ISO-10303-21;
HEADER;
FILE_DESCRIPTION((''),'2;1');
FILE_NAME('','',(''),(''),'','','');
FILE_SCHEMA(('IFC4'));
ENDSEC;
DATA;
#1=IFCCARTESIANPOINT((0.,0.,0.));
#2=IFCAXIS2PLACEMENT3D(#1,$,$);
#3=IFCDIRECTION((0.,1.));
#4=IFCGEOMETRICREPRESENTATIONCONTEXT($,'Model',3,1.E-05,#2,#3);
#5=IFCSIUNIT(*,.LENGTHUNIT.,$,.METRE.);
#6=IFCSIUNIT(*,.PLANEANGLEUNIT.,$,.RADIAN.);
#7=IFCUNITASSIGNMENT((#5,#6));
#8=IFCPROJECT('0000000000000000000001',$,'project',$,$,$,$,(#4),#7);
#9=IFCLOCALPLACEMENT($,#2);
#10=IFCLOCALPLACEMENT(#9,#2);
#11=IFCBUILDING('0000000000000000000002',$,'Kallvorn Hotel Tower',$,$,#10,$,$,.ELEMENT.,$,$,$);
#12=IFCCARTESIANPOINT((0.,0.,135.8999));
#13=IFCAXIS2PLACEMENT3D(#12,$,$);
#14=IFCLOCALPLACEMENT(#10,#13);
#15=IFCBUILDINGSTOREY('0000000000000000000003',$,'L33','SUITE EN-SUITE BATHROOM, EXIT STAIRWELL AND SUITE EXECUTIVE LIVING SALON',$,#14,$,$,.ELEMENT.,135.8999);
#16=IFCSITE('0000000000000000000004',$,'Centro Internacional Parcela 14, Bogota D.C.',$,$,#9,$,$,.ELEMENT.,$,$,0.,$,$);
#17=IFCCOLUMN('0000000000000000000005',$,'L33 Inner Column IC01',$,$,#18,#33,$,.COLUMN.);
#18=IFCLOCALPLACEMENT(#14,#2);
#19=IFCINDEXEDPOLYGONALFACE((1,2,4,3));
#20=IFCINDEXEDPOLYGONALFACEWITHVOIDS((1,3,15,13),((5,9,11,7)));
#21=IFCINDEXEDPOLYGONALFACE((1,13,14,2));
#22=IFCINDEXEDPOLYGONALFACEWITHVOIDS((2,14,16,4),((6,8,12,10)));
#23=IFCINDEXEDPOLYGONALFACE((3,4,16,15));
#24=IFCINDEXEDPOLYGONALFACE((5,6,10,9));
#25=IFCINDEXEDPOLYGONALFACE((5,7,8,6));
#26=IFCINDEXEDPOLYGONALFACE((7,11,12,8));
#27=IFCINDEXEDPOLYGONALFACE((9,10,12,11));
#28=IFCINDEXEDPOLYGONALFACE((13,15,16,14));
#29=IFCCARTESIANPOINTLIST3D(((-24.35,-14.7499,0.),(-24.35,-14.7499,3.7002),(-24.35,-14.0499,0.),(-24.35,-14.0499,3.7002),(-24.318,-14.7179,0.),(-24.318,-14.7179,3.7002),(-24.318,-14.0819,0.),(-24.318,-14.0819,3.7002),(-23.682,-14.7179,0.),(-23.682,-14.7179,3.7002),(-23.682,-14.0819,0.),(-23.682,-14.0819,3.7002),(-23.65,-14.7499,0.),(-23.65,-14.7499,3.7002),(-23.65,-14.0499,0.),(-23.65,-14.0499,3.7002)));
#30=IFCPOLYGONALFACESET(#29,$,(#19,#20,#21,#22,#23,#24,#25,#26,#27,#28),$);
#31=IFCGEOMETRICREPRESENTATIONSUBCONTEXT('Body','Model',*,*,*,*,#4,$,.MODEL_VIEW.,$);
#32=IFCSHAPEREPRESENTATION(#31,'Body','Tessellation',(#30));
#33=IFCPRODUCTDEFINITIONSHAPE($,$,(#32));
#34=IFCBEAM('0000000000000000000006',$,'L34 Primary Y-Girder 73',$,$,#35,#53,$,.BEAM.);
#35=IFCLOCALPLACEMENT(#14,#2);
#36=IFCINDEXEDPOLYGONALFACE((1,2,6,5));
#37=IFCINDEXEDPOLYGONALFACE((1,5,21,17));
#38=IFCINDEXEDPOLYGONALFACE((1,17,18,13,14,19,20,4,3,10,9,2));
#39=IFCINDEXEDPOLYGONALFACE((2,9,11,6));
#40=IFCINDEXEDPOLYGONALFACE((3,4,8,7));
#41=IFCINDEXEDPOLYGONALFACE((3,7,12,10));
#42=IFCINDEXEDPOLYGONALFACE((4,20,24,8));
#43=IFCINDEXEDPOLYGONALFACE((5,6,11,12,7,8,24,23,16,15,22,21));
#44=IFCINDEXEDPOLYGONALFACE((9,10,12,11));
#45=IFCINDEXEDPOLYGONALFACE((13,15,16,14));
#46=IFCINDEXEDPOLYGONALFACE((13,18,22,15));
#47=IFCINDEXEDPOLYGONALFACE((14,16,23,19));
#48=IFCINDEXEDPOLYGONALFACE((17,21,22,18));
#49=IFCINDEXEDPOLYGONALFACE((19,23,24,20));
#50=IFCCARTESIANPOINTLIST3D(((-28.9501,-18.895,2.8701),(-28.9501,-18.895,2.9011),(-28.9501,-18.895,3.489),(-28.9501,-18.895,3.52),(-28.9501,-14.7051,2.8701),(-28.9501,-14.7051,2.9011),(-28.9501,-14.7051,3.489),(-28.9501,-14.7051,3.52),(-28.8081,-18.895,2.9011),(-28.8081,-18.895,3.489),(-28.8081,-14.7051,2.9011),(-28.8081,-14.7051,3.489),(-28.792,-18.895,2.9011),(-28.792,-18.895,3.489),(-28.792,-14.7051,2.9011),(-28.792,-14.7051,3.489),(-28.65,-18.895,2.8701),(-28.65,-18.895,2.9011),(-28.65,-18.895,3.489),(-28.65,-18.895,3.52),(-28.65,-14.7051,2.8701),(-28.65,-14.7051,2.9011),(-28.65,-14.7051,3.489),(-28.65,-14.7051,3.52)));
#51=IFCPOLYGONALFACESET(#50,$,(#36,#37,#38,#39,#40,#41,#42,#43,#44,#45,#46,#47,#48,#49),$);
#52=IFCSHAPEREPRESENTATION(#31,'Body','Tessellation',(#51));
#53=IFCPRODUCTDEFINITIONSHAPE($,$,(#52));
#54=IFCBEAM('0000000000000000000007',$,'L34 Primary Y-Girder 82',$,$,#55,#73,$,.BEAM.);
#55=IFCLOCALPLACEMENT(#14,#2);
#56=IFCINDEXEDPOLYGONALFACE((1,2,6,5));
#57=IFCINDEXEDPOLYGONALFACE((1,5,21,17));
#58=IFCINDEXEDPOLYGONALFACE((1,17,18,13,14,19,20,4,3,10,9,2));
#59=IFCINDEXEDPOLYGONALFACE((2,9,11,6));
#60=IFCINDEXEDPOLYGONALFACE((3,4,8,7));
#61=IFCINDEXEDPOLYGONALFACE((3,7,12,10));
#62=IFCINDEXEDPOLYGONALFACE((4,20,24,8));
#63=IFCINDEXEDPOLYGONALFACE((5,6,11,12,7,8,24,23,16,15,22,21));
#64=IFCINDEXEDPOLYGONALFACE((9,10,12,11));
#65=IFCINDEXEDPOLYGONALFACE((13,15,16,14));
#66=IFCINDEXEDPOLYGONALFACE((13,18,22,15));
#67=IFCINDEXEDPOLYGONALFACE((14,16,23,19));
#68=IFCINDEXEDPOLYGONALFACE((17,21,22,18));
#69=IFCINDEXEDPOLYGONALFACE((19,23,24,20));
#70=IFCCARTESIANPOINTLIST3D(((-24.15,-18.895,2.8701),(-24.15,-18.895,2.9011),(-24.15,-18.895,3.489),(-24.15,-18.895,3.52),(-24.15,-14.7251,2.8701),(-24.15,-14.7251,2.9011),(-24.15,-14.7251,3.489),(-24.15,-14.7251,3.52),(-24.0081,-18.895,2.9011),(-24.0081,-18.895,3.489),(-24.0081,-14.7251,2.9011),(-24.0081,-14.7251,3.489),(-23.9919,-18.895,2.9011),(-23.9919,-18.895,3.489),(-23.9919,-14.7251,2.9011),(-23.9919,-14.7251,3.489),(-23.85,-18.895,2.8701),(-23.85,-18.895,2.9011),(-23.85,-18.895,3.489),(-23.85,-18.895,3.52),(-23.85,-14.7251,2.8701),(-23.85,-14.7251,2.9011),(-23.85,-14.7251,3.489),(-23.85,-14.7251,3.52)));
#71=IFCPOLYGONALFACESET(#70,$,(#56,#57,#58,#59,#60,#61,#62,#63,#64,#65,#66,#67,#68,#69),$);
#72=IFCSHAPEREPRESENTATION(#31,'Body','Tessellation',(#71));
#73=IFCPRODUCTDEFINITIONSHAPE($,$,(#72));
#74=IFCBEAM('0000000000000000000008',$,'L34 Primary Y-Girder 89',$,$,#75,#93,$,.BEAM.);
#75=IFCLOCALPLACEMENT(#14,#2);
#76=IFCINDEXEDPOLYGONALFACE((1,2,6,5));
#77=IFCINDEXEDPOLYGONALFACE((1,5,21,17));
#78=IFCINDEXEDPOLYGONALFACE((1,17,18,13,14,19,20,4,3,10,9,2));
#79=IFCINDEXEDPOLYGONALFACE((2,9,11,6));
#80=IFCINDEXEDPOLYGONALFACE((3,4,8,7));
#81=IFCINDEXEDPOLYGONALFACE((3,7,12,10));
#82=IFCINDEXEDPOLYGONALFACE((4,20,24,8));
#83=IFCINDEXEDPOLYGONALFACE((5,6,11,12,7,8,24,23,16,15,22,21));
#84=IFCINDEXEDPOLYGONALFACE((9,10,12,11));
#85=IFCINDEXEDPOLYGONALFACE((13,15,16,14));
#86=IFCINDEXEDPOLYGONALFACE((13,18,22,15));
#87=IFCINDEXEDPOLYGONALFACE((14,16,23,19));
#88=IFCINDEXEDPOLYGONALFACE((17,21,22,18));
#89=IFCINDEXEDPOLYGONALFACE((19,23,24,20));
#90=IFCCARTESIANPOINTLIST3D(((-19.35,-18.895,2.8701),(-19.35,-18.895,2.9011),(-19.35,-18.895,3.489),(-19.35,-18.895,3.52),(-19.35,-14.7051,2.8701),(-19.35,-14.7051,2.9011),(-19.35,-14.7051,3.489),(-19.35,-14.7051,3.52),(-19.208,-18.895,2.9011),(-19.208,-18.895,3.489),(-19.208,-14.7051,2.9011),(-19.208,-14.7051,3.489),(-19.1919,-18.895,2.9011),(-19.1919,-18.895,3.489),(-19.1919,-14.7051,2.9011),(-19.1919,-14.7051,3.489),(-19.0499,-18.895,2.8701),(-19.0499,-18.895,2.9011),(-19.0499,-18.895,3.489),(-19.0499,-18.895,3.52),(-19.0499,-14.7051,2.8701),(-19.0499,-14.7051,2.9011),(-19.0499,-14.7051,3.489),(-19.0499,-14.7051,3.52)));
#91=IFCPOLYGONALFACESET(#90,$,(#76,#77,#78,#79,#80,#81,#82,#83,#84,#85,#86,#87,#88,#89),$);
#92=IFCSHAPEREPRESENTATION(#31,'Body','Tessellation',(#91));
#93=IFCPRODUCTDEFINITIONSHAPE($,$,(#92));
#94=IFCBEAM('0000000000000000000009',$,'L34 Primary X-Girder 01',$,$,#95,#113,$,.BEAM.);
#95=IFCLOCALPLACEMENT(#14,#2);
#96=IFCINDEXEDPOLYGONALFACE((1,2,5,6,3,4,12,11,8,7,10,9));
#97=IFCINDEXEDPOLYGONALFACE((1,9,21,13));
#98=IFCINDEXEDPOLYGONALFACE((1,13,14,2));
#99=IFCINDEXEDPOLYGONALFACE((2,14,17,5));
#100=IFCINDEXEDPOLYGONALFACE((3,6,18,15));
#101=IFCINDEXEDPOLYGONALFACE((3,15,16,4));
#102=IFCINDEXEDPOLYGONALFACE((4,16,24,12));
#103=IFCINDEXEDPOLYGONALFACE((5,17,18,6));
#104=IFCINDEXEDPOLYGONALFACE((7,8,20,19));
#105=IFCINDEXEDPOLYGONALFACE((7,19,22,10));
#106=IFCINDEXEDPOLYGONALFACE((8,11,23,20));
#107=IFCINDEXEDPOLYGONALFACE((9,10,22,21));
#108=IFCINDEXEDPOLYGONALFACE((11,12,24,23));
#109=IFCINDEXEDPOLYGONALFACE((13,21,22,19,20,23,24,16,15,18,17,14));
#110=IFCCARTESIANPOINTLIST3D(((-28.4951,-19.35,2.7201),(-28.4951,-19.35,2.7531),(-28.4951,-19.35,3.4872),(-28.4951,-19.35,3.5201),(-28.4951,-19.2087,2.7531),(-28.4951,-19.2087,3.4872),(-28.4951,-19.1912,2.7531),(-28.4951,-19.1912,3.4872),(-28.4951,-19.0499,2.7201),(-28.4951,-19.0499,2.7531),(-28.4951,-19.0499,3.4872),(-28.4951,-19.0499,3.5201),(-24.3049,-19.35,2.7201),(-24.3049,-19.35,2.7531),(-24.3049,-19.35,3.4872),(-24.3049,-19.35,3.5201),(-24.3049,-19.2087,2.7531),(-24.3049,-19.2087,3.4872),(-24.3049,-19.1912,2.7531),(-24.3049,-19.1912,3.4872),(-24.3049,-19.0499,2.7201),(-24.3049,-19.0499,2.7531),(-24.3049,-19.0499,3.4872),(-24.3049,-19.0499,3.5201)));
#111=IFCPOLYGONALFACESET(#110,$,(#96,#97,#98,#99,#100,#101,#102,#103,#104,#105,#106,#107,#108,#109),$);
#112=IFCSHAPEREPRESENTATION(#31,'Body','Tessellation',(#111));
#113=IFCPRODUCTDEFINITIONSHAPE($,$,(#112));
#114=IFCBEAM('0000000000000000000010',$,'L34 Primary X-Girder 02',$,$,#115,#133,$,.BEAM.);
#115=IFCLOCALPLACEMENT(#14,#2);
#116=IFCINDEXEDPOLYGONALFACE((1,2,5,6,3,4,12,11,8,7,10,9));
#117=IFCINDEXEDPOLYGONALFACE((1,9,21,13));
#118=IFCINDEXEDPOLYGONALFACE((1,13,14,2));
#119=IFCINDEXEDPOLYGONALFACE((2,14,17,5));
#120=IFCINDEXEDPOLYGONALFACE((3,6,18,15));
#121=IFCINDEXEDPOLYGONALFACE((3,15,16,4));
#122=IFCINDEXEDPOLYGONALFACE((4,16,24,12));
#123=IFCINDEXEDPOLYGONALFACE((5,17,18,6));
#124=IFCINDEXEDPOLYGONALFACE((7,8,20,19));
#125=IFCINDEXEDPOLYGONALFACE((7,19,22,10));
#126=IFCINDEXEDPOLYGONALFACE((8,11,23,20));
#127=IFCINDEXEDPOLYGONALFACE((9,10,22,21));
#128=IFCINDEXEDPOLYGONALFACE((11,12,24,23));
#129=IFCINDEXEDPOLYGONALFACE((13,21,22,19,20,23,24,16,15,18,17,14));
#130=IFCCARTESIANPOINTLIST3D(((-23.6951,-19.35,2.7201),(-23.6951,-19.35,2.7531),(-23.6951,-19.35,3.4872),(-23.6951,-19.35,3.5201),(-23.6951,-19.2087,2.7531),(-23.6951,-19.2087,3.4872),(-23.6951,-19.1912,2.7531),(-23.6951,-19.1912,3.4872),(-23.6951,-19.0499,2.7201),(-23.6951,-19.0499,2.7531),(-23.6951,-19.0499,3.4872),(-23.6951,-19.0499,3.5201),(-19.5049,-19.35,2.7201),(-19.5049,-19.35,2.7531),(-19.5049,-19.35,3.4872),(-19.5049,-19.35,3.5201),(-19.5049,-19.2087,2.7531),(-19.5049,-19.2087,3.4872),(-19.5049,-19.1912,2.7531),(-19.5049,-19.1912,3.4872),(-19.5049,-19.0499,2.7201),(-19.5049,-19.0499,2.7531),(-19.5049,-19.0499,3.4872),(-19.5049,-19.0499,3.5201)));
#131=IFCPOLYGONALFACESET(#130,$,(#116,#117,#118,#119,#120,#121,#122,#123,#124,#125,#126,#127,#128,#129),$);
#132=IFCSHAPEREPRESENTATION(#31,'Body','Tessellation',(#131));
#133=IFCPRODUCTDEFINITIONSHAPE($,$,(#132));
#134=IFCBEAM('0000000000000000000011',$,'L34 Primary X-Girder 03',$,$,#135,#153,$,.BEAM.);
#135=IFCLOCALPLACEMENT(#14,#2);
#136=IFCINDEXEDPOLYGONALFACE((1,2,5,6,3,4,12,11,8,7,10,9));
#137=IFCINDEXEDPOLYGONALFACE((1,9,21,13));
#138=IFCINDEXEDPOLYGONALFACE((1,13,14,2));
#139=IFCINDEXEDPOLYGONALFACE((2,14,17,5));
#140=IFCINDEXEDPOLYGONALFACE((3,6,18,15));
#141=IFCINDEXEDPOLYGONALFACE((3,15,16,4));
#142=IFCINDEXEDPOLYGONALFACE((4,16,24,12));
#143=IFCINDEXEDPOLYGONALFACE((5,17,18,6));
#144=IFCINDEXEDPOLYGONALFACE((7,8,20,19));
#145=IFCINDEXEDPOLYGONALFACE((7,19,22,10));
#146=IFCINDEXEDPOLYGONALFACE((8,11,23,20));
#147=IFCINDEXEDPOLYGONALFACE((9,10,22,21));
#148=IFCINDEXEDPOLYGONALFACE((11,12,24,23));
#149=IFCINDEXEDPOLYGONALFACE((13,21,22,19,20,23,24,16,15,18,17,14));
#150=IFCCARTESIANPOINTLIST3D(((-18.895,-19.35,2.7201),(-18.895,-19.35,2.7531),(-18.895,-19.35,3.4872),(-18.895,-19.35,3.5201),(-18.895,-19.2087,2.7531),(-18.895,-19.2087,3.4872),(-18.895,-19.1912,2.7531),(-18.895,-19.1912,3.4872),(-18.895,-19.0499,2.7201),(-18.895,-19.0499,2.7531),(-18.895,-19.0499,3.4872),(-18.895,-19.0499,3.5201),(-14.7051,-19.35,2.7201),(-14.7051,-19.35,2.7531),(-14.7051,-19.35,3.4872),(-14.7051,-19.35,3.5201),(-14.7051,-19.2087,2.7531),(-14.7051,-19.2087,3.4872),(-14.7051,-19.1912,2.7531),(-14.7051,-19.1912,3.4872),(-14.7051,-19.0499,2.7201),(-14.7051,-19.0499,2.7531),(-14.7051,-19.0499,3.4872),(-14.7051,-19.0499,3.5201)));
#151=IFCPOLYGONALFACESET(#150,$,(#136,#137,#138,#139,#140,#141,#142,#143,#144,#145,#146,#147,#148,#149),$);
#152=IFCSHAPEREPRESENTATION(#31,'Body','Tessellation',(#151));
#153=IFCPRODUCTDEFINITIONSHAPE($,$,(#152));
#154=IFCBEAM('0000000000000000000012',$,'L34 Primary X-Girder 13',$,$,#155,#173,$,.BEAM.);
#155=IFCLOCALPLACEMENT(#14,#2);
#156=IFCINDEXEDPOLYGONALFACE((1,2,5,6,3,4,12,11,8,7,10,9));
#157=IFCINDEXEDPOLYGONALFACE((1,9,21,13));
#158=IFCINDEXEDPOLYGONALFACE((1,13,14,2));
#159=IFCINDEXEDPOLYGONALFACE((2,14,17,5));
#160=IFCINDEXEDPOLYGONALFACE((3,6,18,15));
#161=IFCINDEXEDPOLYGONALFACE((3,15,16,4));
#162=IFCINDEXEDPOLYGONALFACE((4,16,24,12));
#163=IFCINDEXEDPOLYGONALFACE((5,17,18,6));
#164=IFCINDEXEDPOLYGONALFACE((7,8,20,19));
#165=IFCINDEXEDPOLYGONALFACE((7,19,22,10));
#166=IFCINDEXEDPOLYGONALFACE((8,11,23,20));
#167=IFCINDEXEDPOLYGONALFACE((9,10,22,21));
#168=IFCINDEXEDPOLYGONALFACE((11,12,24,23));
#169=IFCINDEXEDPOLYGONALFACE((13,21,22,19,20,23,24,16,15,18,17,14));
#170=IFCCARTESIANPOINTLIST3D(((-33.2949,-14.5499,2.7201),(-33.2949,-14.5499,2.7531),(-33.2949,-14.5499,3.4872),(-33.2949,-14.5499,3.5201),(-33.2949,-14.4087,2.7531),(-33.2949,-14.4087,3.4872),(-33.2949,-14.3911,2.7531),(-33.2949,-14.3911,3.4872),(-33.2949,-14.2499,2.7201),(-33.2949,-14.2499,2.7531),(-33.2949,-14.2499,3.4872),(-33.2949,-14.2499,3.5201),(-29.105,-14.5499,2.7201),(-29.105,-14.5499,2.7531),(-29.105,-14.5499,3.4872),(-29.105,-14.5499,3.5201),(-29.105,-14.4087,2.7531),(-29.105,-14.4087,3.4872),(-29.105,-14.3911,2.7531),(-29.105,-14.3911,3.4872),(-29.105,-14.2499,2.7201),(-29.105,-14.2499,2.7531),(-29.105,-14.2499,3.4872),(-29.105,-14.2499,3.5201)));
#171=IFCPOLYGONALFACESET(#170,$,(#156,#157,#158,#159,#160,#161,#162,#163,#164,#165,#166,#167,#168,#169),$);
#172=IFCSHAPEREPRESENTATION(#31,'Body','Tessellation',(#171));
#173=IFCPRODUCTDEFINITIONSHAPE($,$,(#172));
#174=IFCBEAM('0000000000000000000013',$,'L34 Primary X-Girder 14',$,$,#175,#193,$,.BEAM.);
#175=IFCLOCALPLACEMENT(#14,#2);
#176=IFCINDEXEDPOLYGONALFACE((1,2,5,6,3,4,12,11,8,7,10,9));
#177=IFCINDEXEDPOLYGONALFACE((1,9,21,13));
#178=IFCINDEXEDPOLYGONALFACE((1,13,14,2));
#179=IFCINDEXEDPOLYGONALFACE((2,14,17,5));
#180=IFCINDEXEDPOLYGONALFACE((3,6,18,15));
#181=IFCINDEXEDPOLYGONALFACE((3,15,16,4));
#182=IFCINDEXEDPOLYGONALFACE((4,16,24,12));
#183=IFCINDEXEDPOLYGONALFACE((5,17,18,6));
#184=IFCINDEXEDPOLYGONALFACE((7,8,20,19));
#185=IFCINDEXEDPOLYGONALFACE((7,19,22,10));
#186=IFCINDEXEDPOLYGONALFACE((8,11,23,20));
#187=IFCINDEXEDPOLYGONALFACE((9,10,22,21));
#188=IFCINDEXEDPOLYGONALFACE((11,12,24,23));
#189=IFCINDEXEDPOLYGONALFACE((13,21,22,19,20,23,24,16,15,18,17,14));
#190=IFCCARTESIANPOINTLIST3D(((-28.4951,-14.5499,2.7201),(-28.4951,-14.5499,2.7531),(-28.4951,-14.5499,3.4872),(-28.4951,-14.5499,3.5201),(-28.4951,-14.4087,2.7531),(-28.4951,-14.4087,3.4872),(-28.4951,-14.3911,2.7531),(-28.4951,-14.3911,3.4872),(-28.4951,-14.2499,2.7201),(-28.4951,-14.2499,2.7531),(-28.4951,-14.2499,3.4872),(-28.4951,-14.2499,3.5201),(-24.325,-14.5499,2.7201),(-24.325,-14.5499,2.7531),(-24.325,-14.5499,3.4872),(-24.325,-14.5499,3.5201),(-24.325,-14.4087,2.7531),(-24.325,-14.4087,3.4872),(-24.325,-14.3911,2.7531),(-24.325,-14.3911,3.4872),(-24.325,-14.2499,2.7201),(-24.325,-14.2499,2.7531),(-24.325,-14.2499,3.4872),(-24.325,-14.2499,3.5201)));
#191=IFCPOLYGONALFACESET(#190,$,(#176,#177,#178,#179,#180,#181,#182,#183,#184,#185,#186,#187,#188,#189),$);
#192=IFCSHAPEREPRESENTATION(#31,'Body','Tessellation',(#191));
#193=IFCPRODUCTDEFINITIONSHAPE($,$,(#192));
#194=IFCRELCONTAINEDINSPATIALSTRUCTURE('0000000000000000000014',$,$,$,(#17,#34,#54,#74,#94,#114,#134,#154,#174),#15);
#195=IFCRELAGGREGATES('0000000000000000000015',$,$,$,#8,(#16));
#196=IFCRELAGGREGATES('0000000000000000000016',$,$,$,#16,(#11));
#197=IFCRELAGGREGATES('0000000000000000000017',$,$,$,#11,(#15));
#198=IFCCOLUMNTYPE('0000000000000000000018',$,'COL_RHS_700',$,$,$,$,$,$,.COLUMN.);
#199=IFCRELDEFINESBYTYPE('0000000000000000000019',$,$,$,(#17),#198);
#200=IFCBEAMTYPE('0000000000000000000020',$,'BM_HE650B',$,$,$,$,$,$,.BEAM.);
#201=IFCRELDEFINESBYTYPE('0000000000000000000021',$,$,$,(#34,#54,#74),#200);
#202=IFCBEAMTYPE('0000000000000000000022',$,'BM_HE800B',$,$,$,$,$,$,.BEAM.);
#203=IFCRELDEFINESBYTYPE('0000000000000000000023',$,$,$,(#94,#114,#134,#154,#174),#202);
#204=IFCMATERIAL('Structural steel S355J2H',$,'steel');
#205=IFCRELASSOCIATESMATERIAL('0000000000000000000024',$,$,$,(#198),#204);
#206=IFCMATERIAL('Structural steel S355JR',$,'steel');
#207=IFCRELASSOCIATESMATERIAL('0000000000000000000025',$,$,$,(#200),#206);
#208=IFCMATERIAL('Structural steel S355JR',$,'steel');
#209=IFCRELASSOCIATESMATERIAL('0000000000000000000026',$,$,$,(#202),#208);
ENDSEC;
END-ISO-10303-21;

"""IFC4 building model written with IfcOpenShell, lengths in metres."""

from ifc_helpers import new_model, si_unit, direction, frame, origin, origin_2d, place, context, subcontext, project, spatial, hollow_rectangle, i_section, extrude, material, material_profile, profile_set, type_object, element, save


model = new_model("IFC4")

# Units and contexts
model_context = context("Model", 3, precision=1e-05, world=origin(), true_north=direction((0.0, 1.0)))
body_context = subcontext(model_context, "Body", "Model", "MODEL_VIEW")
ifc_project = project(units=[si_unit("LENGTHUNIT", "METRE"), si_unit("PLANEANGLEUNIT", "RADIAN")], contexts=[model_context])

# Site, building, storey
site_placement = place(None, origin())
site = spatial("IfcSite", under=ifc_project, at=site_placement, Name="Centro Internacional Parcela 14, Bogota D.C.", CompositionType="ELEMENT", RefElevation=0.0)
building_placement = place(site_placement, origin())
building = spatial("IfcBuilding", under=site, at=building_placement, Name="Kallvorn Hotel Tower", CompositionType="ELEMENT")
storey_placement = place(building_placement, frame((0.0, 0.0, 135.8999)))
storey = spatial("IfcBuildingStorey", under=building, at=storey_placement, Name="L33", Description="SUITE EN-SUITE BATHROOM, EXIT STAIRWELL AND SUITE EXECUTIVE LIVING SALON", CompositionType="ELEMENT", Elevation=135.8999)

# Column
ifc_material_1 = material(Name="Structural steel S355J2H", Category="steel")
ifc_material_profile_1 = material_profile(ifc_material_1, hollow_rectangle(XDim=0.7, YDim=0.7, WallThickness=0.032, at=origin_2d()), Name="RHS 700x700x32")
ifc_profile_set_1 = profile_set([ifc_material_profile_1], Name="Structural steel S355J2H")
column_type_1 = type_object("IfcColumnType", Name="COL_RHS_700", PredefinedType="COLUMN", material=ifc_profile_set_1)
column_placement = place(storey_placement, frame((-24.0, -14.3999, 0.0), z_axis=(0.0, 0.0, 1.0), x_axis=(1.0, 0.0, 0.0)))
element("IfcColumn", 1, at=column_placement, inside=storey, type_object=column_type_1, Name="L33 Inner Column IC01", PredefinedType="COLUMN", context=body_context, shape_type="SweptSolid", body=[
    extrude(hollow_rectangle(XDim=0.7, YDim=0.7, WallThickness=0.032, at=origin_2d()), origin(), (0.0, 0.0, 1.0), 3.7002),
])

# Beams
ifc_material_2 = material(Name="Structural steel S355JR", Category="steel")
ifc_material_profile_2 = material_profile(ifc_material_2, i_section(OverallWidth=0.3, OverallDepth=0.6499, WebThickness=0.0161, FlangeThickness=0.031, at=origin_2d()), Name="HE 650 B")
ifc_profile_set_2 = profile_set([ifc_material_profile_2], Name="Structural steel S355JR")
beam_type_1 = type_object("IfcBeamType", Name="BM_HE650B", PredefinedType="BEAM", material=ifc_profile_set_2)
beam_1_placement = place(storey_placement, frame((-28.8, -18.895, 3.1951), z_axis=(0.0, 1.0, 0.0), x_axis=(-1.0, 0.0, 0.0)))
element("IfcBeam", 2, at=beam_1_placement, inside=storey, type_object=beam_type_1, Name="L34 Primary Y-Girder 73", PredefinedType="BEAM", context=body_context, shape_type="SweptSolid", body=[
    extrude(i_section(OverallWidth=0.3, OverallDepth=0.6499, WebThickness=0.0161, FlangeThickness=0.031, at=origin_2d()), origin(), (0.0, 0.0, 1.0), 4.1899),
])
beam_2_placement = place(storey_placement, frame((-24.0, -18.895, 3.1951), z_axis=(0.0, 1.0, 0.0), x_axis=(-1.0, 0.0, 0.0)))
element("IfcBeam", 3, at=beam_2_placement, inside=storey, type_object=beam_type_1, Name="L34 Primary Y-Girder 82", PredefinedType="BEAM", context=body_context, shape_type="SweptSolid", body=[
    extrude(i_section(OverallWidth=0.3, OverallDepth=0.6499, WebThickness=0.0161, FlangeThickness=0.031, at=origin_2d()), origin(), (0.0, 0.0, 1.0), 4.1699),
])
beam_3_placement = place(storey_placement, frame((-19.2, -18.895, 3.1951), z_axis=(0.0, 1.0, 0.0), x_axis=(-1.0, 0.0, 0.0)))
element("IfcBeam", 4, at=beam_3_placement, inside=storey, type_object=beam_type_1, Name="L34 Primary Y-Girder 89", PredefinedType="BEAM", context=body_context, shape_type="SweptSolid", body=[
    extrude(i_section(OverallWidth=0.3, OverallDepth=0.6499, WebThickness=0.0161, FlangeThickness=0.031, at=origin_2d()), origin(), (0.0, 0.0, 1.0), 4.1899),
])
ifc_material_3 = material(Name="Structural steel S355JR", Category="steel")
ifc_material_profile_3 = material_profile(ifc_material_3, i_section(OverallWidth=0.3, OverallDepth=0.8, WebThickness=0.0176, FlangeThickness=0.033, at=origin_2d()), Name="HE 800 B")
ifc_profile_set_3 = profile_set([ifc_material_profile_3], Name="Structural steel S355JR")
beam_type_2 = type_object("IfcBeamType", Name="BM_HE800B", PredefinedType="BEAM", material=ifc_profile_set_3)
for number, where, z_axis, x_axis, name in (
    (5, (-28.4951, -19.2, 3.1201), (1.0, 0.0, 0.0), (0.0, 1.0, 0.0), "L34 Primary X-Girder 01"),
    (6, (-23.6951, -19.2, 3.1201), (1.0, 0.0, 0.0), (0.0, 1.0, 0.0), "L34 Primary X-Girder 02"),
):
    element("IfcBeam", number, at=place(storey_placement, frame(where, z_axis=z_axis, x_axis=x_axis)), inside=storey, type_object=beam_type_2, Name=name, PredefinedType="BEAM", context=body_context, shape_type="SweptSolid", body=[
        extrude(i_section(OverallWidth=0.3, OverallDepth=0.8, WebThickness=0.0176, FlangeThickness=0.033, at=origin_2d()), origin(), (0.0, 0.0, 1.0), 4.1902),
    ])
for number, where, z_axis, x_axis, name in (
    (7, (-18.895, -19.2, 3.1201), (1.0, 0.0, 0.0), (0.0, 1.0, 0.0), "L34 Primary X-Girder 03"),
    (8, (-33.2949, -14.3999, 3.1201), (1.0, 0.0, 0.0), (0.0, 1.0, 0.0), "L34 Primary X-Girder 13"),
):
    element("IfcBeam", number, at=place(storey_placement, frame(where, z_axis=z_axis, x_axis=x_axis)), inside=storey, type_object=beam_type_2, Name=name, PredefinedType="BEAM", context=body_context, shape_type="SweptSolid", body=[
        extrude(i_section(OverallWidth=0.3, OverallDepth=0.8, WebThickness=0.0176, FlangeThickness=0.033, at=origin_2d()), origin(), (0.0, 0.0, 1.0), 4.1899),
    ])
for number, where, z_axis, x_axis, name in (
    (9, (-28.4951, -14.3999, 3.1201), (1.0, 0.0, 0.0), (0.0, 1.0, 0.0), "L34 Primary X-Girder 14"),
):
    element("IfcBeam", number, at=place(storey_placement, frame(where, z_axis=z_axis, x_axis=x_axis)), inside=storey, type_object=beam_type_2, Name=name, PredefinedType="BEAM", context=body_context, shape_type="SweptSolid", body=[
        extrude(i_section(OverallWidth=0.3, OverallDepth=0.8, WebThickness=0.0176, FlangeThickness=0.033, at=origin_2d()), origin(), (0.0, 0.0, 1.0), 4.1702),
    ])

save(model, "model.ifc")
